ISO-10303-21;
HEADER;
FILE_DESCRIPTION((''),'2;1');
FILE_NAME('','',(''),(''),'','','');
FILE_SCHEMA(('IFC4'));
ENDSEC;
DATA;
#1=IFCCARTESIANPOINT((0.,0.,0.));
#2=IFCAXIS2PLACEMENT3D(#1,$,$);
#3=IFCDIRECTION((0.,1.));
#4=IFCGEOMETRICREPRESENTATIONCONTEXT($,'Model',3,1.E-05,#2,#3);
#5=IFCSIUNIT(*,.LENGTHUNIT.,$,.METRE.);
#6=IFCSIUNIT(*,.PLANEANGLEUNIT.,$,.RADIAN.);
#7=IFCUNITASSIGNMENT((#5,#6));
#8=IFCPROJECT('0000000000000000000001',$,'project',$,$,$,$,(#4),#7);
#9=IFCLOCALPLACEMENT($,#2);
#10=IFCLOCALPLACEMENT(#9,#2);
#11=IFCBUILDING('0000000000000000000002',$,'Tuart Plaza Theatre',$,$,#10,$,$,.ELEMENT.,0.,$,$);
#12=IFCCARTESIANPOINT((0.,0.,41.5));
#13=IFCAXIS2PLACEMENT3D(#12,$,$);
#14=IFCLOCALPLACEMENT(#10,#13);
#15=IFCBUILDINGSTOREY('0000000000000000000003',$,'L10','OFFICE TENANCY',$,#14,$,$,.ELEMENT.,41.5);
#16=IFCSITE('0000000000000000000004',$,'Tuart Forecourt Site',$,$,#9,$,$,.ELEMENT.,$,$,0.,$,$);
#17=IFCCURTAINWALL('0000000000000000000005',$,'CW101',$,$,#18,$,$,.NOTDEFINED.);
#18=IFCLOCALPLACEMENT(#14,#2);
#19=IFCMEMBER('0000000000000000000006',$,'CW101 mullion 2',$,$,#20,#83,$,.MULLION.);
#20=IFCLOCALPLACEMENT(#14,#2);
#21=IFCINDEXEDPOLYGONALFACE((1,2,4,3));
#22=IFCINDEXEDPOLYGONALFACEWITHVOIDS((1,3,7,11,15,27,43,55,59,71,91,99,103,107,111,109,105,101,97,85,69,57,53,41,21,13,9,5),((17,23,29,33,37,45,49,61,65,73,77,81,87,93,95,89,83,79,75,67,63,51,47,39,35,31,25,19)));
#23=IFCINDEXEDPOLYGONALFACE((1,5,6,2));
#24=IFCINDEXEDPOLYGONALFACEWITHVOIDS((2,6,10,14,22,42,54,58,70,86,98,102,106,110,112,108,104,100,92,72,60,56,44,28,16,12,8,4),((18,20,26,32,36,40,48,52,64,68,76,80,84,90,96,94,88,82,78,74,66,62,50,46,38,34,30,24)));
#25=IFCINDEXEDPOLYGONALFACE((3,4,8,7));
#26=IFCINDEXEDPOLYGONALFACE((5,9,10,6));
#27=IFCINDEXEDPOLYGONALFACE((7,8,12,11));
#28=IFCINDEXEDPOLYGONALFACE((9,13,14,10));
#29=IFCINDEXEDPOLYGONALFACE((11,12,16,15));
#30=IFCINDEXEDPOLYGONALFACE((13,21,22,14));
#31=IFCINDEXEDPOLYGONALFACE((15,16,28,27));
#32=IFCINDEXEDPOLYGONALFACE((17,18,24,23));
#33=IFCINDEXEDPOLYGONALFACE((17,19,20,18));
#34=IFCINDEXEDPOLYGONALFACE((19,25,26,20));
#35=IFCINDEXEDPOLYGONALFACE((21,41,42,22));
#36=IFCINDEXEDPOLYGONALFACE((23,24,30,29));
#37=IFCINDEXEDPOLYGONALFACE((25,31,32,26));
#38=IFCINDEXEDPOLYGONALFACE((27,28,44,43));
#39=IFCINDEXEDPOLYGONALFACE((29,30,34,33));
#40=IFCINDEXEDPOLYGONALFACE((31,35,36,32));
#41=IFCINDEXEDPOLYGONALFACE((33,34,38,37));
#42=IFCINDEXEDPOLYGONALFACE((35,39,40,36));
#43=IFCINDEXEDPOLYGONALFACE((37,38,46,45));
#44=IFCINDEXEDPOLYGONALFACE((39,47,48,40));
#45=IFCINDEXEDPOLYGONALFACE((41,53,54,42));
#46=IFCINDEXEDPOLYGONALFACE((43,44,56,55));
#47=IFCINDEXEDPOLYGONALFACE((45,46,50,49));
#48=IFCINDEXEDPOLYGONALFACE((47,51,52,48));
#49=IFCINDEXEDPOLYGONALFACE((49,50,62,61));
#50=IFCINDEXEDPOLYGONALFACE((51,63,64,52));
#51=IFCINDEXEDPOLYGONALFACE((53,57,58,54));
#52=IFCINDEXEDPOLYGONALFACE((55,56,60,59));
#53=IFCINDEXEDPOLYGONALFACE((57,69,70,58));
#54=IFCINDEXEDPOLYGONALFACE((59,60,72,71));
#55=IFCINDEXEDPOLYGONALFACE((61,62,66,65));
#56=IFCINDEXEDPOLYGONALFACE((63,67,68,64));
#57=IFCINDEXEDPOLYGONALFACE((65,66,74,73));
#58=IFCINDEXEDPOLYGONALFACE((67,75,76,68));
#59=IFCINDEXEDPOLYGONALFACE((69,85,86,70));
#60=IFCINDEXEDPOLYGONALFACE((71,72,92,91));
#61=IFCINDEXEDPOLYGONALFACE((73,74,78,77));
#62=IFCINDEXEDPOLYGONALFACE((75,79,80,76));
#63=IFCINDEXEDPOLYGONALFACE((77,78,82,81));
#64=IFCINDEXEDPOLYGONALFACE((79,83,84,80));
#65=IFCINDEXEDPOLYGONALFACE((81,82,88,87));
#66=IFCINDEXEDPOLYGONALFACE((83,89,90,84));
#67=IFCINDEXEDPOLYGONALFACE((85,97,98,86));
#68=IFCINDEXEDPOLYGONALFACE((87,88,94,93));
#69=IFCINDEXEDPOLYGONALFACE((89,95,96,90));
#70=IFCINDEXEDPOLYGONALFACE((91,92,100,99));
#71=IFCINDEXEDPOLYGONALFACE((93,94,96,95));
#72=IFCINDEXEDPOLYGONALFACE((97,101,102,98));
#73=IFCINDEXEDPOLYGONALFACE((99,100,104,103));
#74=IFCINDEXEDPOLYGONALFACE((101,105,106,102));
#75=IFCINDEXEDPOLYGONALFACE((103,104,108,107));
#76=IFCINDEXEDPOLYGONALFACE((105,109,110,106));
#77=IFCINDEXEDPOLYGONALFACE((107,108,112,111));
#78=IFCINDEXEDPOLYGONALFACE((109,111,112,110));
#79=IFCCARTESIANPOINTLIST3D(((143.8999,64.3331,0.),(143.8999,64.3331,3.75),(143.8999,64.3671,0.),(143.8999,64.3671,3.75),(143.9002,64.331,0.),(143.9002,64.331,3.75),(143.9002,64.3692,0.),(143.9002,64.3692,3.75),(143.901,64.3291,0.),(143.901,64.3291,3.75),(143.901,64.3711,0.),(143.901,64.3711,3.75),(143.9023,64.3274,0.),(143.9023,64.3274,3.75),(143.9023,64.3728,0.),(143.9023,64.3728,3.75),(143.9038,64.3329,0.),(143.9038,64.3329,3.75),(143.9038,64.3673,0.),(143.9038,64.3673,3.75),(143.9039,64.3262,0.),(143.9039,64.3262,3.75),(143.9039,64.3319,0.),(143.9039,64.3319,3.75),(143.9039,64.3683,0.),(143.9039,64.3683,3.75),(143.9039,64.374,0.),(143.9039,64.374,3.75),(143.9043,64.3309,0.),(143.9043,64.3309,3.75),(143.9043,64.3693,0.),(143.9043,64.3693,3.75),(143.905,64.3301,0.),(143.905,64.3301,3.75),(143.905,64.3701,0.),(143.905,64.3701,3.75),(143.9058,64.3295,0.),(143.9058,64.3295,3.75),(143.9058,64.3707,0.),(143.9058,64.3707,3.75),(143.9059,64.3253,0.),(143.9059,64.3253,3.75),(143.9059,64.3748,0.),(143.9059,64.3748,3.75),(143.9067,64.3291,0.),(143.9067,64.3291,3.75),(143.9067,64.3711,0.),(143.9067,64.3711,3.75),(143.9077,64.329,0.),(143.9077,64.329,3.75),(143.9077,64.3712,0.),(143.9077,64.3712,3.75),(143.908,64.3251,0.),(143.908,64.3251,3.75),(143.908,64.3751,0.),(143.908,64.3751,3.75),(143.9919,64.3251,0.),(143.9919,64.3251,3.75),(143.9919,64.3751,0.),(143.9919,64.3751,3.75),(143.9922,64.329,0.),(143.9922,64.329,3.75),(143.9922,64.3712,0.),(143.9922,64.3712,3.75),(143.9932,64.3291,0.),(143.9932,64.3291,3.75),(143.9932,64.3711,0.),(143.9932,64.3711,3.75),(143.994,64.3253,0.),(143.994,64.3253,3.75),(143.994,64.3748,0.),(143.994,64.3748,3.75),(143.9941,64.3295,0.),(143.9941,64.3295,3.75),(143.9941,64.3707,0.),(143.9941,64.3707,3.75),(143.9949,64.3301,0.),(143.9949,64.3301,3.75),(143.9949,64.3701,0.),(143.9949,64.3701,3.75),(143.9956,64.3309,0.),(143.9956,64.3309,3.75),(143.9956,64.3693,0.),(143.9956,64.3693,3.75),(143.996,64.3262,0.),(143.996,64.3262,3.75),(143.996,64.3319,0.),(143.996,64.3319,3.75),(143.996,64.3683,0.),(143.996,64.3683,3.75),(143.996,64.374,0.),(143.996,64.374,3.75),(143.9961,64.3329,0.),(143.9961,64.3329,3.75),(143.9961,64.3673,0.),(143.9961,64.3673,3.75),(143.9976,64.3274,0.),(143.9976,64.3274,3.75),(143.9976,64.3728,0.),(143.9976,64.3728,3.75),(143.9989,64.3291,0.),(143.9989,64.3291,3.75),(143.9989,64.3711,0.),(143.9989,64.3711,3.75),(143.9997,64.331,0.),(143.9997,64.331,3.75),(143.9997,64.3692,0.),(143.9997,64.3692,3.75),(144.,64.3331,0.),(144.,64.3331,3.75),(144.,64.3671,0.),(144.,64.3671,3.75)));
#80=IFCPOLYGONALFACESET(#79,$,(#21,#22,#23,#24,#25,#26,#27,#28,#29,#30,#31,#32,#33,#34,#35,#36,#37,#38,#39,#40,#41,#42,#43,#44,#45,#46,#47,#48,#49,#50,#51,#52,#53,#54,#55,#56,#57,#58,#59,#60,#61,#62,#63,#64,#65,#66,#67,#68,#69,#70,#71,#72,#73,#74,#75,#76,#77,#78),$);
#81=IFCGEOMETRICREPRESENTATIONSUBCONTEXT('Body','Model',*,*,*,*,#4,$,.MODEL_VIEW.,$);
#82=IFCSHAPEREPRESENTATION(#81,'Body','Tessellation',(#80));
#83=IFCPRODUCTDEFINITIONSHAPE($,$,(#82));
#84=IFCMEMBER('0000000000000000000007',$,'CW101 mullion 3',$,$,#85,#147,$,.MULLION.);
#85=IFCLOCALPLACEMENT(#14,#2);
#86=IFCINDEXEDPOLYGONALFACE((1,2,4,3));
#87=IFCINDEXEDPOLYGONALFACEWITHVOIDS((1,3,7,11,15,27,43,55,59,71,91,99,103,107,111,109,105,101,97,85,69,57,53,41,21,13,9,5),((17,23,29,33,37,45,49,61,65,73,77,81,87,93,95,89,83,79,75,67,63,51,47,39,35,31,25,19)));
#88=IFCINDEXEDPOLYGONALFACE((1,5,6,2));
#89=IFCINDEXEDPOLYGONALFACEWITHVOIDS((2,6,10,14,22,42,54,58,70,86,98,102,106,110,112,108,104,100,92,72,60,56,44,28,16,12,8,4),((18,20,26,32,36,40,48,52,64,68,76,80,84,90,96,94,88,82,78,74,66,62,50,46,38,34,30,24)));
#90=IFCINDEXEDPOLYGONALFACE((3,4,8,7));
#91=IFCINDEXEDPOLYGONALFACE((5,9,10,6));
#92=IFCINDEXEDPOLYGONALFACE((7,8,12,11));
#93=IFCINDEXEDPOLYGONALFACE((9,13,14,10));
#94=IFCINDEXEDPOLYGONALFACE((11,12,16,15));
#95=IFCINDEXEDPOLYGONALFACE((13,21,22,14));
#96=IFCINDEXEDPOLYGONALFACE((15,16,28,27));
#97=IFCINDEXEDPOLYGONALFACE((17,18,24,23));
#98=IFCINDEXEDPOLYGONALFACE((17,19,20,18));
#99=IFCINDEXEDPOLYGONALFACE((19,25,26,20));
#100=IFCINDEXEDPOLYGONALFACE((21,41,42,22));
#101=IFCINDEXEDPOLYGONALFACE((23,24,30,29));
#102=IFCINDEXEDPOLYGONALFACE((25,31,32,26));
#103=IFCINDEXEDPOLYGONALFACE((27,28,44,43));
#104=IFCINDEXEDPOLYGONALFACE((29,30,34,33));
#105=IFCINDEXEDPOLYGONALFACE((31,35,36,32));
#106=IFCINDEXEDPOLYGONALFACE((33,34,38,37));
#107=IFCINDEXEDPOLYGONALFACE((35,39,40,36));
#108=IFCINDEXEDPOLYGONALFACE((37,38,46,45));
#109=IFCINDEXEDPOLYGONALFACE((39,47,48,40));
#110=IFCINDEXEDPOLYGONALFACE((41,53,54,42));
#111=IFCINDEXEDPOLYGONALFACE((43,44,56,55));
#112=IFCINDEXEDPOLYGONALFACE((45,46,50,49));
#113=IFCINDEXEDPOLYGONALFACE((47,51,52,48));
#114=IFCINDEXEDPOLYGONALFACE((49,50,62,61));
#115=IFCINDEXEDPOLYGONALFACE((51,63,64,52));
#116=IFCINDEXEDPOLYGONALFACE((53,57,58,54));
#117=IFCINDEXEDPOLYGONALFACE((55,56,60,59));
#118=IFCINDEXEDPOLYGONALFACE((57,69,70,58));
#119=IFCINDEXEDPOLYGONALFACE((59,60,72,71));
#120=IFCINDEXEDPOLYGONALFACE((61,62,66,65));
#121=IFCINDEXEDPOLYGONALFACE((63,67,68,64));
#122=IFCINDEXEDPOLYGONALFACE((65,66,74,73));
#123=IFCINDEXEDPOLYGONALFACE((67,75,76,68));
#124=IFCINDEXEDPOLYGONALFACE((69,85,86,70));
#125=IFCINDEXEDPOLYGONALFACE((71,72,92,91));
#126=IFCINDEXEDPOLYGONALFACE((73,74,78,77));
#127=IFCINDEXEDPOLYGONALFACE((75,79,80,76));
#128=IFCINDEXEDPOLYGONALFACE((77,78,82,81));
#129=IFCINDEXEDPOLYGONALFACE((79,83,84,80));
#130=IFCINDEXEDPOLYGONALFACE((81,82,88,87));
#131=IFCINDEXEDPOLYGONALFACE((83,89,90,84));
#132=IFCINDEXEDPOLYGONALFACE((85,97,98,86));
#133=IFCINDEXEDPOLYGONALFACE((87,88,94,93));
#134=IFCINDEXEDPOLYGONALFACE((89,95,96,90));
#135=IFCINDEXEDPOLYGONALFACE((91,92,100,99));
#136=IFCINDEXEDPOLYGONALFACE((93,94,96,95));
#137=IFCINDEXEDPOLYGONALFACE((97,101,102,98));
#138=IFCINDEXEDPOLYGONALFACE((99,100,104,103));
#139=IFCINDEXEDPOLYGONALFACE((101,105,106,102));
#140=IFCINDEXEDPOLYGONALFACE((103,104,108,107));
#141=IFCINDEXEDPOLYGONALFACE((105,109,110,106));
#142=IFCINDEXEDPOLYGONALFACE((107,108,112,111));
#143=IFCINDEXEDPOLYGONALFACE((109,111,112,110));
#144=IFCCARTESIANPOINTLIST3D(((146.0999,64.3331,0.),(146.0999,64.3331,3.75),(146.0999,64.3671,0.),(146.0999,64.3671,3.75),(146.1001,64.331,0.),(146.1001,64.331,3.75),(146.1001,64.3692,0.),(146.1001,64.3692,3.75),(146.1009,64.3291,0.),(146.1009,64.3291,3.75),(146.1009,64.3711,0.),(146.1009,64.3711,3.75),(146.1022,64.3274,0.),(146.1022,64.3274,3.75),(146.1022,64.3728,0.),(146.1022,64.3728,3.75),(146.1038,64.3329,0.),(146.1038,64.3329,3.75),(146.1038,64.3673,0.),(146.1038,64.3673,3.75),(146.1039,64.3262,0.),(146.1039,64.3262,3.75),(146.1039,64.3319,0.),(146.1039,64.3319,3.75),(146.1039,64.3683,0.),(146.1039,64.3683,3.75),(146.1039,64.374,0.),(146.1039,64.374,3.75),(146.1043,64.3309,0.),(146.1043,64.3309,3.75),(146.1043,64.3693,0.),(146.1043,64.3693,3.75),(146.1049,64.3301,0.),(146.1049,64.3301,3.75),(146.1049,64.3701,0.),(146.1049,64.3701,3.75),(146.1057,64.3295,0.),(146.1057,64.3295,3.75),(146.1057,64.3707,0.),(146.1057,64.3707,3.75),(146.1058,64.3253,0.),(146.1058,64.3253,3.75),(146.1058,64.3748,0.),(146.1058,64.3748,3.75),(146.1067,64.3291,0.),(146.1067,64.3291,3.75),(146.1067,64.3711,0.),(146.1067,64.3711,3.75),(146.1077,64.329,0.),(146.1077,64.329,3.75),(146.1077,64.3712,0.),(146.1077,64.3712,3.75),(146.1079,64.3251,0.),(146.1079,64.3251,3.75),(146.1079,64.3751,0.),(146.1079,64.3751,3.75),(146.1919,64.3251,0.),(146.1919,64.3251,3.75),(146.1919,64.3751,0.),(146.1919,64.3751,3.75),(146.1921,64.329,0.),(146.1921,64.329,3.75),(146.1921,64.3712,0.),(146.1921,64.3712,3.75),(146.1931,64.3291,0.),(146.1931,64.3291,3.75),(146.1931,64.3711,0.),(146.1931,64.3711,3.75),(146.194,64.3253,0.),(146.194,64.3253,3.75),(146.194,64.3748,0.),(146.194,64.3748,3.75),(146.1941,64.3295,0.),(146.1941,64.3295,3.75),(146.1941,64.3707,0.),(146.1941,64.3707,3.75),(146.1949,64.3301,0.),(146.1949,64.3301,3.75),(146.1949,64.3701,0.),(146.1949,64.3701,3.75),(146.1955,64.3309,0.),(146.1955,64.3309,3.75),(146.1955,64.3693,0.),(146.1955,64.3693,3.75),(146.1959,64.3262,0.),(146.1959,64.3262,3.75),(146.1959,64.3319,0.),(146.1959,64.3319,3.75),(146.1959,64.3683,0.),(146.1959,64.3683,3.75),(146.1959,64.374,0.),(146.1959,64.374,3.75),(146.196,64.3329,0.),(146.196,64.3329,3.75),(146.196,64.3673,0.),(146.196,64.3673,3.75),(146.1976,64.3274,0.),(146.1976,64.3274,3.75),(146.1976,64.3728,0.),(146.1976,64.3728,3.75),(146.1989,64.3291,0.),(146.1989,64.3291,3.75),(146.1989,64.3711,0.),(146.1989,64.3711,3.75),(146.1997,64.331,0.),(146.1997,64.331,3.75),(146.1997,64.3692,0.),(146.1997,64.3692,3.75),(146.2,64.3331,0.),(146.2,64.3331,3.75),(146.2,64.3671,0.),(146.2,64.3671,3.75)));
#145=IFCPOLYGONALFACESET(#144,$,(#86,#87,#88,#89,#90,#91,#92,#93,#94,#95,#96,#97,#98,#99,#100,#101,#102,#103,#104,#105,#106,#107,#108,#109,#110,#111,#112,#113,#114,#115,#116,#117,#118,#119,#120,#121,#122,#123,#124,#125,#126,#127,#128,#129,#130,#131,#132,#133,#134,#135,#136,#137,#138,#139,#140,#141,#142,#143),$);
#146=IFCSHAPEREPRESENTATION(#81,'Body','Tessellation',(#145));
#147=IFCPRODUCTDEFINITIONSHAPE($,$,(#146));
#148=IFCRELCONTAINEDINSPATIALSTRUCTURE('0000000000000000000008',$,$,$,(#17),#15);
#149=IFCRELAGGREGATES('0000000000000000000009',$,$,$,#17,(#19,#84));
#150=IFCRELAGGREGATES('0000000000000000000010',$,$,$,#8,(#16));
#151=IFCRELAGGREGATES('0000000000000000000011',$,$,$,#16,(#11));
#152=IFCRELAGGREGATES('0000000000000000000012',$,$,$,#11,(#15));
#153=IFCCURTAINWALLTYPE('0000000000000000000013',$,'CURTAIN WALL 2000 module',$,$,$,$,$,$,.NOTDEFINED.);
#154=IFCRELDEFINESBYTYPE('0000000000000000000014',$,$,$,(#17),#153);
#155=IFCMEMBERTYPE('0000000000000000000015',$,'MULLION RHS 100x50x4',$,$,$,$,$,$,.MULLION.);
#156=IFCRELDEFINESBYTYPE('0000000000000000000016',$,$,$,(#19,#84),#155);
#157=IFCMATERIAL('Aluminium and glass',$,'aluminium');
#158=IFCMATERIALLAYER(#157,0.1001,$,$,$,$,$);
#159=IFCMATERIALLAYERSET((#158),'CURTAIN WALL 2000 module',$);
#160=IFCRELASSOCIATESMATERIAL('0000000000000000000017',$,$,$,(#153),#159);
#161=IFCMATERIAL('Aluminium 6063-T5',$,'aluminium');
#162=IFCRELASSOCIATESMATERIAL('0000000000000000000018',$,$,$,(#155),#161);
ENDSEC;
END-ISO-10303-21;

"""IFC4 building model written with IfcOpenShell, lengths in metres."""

from ifc_helpers import new_model, si_unit, direction, frame, origin, origin_2d, place, context, subcontext, project, spatial, hollow_rectangle, extrude, material, layer, layer_set, material_profile, profile_set, type_object, element, aggregate, save


model = new_model("IFC4")

# Units and contexts
model_context = context("Model", 3, precision=1e-05, world=origin(), true_north=direction((0.0, 1.0)))
body_context = subcontext(model_context, "Body", "Model", "MODEL_VIEW")
ifc_project = project(units=[si_unit("LENGTHUNIT", "METRE"), si_unit("PLANEANGLEUNIT", "RADIAN")], contexts=[model_context])

# Site, building, storey
site_placement = place(None, origin())
site = spatial("IfcSite", under=ifc_project, at=site_placement, Name="Tuart Forecourt Site", CompositionType="ELEMENT", RefElevation=0.0)
building_placement = place(site_placement, origin())
building = spatial("IfcBuilding", under=site, at=building_placement, Name="Tuart Plaza Theatre", CompositionType="ELEMENT", ElevationOfRefHeight=0.0)
storey_placement = place(building_placement, frame((0.0, 0.0, 41.5)))
storey = spatial("IfcBuildingStorey", under=building, at=storey_placement, Name="L10", Description="OFFICE TENANCY", CompositionType="ELEMENT", Elevation=41.5)

# Shared definitions
ifc_material_1 = material(Name="Aluminium and glass", Category="aluminium")
ifc_layer_1 = layer(ifc_material_1, 0.1001)
ifc_layer_set_1 = layer_set([ifc_layer_1], Name="CURTAIN WALL 2000 module")
curtain_wall_type = type_object("IfcCurtainWallType", Name="CURTAIN WALL 2000 module", PredefinedType="NOTDEFINED", material=ifc_layer_set_1)
ifc_material_2 = material(Name="Aluminium 6063-T5", Category="aluminium")
ifc_material_profile_1 = material_profile(ifc_material_2, hollow_rectangle(XDim=0.05, YDim=0.1001, WallThickness=0.0039, InnerFilletRadius=0.0039, OuterFilletRadius=0.0081, at=origin_2d()), Name="RHS 100x50x4")
ifc_profile_set_1 = profile_set([ifc_material_profile_1], Name="Aluminium 6063-T5")
member_type_1 = type_object("IfcMemberType", Name="MULLION RHS 100x50x4", PredefinedType="MULLION", material=ifc_profile_set_1)

# Curtain wall, members
curtain_wall_1_placement = place(storey_placement, origin())
curtain_wall_1 = element("IfcCurtainWall", 1, at=curtain_wall_1_placement, inside=storey, type_object=curtain_wall_type, Name="CW101", PredefinedType="NOTDEFINED")
member_1_placement = place(storey_placement, frame((143.95, 64.3501, 0.0), z_axis=(0.0, 0.0, 1.0), x_axis=(0.0, 1.0, 0.0)))
member_1 = element("IfcMember", 2, at=member_1_placement, type_object=member_type_1, Name="CW101 mullion 2", PredefinedType="MULLION", context=body_context, shape_type="SweptSolid", body=[
    extrude(hollow_rectangle(XDim=0.05, YDim=0.1001, WallThickness=0.0039, InnerFilletRadius=0.0039, OuterFilletRadius=0.0081, at=origin_2d()), origin(), (0.0, 0.0, 1.0), 3.75),
])
member_2_placement = place(storey_placement, frame((146.1499, 64.3501, 0.0), z_axis=(0.0, 0.0, 1.0), x_axis=(0.0, 1.0, 0.0)))
member_2 = element("IfcMember", 3, at=member_2_placement, type_object=member_type_1, Name="CW101 mullion 3", PredefinedType="MULLION", context=body_context, shape_type="SweptSolid", body=[
    extrude(hollow_rectangle(XDim=0.05, YDim=0.1001, WallThickness=0.0039, InnerFilletRadius=0.0039, OuterFilletRadius=0.0081, at=origin_2d()), origin(), (0.0, 0.0, 1.0), 3.75),
])

aggregate(curtain_wall_1, [member_1, member_2])

save(model, "model.ifc")
